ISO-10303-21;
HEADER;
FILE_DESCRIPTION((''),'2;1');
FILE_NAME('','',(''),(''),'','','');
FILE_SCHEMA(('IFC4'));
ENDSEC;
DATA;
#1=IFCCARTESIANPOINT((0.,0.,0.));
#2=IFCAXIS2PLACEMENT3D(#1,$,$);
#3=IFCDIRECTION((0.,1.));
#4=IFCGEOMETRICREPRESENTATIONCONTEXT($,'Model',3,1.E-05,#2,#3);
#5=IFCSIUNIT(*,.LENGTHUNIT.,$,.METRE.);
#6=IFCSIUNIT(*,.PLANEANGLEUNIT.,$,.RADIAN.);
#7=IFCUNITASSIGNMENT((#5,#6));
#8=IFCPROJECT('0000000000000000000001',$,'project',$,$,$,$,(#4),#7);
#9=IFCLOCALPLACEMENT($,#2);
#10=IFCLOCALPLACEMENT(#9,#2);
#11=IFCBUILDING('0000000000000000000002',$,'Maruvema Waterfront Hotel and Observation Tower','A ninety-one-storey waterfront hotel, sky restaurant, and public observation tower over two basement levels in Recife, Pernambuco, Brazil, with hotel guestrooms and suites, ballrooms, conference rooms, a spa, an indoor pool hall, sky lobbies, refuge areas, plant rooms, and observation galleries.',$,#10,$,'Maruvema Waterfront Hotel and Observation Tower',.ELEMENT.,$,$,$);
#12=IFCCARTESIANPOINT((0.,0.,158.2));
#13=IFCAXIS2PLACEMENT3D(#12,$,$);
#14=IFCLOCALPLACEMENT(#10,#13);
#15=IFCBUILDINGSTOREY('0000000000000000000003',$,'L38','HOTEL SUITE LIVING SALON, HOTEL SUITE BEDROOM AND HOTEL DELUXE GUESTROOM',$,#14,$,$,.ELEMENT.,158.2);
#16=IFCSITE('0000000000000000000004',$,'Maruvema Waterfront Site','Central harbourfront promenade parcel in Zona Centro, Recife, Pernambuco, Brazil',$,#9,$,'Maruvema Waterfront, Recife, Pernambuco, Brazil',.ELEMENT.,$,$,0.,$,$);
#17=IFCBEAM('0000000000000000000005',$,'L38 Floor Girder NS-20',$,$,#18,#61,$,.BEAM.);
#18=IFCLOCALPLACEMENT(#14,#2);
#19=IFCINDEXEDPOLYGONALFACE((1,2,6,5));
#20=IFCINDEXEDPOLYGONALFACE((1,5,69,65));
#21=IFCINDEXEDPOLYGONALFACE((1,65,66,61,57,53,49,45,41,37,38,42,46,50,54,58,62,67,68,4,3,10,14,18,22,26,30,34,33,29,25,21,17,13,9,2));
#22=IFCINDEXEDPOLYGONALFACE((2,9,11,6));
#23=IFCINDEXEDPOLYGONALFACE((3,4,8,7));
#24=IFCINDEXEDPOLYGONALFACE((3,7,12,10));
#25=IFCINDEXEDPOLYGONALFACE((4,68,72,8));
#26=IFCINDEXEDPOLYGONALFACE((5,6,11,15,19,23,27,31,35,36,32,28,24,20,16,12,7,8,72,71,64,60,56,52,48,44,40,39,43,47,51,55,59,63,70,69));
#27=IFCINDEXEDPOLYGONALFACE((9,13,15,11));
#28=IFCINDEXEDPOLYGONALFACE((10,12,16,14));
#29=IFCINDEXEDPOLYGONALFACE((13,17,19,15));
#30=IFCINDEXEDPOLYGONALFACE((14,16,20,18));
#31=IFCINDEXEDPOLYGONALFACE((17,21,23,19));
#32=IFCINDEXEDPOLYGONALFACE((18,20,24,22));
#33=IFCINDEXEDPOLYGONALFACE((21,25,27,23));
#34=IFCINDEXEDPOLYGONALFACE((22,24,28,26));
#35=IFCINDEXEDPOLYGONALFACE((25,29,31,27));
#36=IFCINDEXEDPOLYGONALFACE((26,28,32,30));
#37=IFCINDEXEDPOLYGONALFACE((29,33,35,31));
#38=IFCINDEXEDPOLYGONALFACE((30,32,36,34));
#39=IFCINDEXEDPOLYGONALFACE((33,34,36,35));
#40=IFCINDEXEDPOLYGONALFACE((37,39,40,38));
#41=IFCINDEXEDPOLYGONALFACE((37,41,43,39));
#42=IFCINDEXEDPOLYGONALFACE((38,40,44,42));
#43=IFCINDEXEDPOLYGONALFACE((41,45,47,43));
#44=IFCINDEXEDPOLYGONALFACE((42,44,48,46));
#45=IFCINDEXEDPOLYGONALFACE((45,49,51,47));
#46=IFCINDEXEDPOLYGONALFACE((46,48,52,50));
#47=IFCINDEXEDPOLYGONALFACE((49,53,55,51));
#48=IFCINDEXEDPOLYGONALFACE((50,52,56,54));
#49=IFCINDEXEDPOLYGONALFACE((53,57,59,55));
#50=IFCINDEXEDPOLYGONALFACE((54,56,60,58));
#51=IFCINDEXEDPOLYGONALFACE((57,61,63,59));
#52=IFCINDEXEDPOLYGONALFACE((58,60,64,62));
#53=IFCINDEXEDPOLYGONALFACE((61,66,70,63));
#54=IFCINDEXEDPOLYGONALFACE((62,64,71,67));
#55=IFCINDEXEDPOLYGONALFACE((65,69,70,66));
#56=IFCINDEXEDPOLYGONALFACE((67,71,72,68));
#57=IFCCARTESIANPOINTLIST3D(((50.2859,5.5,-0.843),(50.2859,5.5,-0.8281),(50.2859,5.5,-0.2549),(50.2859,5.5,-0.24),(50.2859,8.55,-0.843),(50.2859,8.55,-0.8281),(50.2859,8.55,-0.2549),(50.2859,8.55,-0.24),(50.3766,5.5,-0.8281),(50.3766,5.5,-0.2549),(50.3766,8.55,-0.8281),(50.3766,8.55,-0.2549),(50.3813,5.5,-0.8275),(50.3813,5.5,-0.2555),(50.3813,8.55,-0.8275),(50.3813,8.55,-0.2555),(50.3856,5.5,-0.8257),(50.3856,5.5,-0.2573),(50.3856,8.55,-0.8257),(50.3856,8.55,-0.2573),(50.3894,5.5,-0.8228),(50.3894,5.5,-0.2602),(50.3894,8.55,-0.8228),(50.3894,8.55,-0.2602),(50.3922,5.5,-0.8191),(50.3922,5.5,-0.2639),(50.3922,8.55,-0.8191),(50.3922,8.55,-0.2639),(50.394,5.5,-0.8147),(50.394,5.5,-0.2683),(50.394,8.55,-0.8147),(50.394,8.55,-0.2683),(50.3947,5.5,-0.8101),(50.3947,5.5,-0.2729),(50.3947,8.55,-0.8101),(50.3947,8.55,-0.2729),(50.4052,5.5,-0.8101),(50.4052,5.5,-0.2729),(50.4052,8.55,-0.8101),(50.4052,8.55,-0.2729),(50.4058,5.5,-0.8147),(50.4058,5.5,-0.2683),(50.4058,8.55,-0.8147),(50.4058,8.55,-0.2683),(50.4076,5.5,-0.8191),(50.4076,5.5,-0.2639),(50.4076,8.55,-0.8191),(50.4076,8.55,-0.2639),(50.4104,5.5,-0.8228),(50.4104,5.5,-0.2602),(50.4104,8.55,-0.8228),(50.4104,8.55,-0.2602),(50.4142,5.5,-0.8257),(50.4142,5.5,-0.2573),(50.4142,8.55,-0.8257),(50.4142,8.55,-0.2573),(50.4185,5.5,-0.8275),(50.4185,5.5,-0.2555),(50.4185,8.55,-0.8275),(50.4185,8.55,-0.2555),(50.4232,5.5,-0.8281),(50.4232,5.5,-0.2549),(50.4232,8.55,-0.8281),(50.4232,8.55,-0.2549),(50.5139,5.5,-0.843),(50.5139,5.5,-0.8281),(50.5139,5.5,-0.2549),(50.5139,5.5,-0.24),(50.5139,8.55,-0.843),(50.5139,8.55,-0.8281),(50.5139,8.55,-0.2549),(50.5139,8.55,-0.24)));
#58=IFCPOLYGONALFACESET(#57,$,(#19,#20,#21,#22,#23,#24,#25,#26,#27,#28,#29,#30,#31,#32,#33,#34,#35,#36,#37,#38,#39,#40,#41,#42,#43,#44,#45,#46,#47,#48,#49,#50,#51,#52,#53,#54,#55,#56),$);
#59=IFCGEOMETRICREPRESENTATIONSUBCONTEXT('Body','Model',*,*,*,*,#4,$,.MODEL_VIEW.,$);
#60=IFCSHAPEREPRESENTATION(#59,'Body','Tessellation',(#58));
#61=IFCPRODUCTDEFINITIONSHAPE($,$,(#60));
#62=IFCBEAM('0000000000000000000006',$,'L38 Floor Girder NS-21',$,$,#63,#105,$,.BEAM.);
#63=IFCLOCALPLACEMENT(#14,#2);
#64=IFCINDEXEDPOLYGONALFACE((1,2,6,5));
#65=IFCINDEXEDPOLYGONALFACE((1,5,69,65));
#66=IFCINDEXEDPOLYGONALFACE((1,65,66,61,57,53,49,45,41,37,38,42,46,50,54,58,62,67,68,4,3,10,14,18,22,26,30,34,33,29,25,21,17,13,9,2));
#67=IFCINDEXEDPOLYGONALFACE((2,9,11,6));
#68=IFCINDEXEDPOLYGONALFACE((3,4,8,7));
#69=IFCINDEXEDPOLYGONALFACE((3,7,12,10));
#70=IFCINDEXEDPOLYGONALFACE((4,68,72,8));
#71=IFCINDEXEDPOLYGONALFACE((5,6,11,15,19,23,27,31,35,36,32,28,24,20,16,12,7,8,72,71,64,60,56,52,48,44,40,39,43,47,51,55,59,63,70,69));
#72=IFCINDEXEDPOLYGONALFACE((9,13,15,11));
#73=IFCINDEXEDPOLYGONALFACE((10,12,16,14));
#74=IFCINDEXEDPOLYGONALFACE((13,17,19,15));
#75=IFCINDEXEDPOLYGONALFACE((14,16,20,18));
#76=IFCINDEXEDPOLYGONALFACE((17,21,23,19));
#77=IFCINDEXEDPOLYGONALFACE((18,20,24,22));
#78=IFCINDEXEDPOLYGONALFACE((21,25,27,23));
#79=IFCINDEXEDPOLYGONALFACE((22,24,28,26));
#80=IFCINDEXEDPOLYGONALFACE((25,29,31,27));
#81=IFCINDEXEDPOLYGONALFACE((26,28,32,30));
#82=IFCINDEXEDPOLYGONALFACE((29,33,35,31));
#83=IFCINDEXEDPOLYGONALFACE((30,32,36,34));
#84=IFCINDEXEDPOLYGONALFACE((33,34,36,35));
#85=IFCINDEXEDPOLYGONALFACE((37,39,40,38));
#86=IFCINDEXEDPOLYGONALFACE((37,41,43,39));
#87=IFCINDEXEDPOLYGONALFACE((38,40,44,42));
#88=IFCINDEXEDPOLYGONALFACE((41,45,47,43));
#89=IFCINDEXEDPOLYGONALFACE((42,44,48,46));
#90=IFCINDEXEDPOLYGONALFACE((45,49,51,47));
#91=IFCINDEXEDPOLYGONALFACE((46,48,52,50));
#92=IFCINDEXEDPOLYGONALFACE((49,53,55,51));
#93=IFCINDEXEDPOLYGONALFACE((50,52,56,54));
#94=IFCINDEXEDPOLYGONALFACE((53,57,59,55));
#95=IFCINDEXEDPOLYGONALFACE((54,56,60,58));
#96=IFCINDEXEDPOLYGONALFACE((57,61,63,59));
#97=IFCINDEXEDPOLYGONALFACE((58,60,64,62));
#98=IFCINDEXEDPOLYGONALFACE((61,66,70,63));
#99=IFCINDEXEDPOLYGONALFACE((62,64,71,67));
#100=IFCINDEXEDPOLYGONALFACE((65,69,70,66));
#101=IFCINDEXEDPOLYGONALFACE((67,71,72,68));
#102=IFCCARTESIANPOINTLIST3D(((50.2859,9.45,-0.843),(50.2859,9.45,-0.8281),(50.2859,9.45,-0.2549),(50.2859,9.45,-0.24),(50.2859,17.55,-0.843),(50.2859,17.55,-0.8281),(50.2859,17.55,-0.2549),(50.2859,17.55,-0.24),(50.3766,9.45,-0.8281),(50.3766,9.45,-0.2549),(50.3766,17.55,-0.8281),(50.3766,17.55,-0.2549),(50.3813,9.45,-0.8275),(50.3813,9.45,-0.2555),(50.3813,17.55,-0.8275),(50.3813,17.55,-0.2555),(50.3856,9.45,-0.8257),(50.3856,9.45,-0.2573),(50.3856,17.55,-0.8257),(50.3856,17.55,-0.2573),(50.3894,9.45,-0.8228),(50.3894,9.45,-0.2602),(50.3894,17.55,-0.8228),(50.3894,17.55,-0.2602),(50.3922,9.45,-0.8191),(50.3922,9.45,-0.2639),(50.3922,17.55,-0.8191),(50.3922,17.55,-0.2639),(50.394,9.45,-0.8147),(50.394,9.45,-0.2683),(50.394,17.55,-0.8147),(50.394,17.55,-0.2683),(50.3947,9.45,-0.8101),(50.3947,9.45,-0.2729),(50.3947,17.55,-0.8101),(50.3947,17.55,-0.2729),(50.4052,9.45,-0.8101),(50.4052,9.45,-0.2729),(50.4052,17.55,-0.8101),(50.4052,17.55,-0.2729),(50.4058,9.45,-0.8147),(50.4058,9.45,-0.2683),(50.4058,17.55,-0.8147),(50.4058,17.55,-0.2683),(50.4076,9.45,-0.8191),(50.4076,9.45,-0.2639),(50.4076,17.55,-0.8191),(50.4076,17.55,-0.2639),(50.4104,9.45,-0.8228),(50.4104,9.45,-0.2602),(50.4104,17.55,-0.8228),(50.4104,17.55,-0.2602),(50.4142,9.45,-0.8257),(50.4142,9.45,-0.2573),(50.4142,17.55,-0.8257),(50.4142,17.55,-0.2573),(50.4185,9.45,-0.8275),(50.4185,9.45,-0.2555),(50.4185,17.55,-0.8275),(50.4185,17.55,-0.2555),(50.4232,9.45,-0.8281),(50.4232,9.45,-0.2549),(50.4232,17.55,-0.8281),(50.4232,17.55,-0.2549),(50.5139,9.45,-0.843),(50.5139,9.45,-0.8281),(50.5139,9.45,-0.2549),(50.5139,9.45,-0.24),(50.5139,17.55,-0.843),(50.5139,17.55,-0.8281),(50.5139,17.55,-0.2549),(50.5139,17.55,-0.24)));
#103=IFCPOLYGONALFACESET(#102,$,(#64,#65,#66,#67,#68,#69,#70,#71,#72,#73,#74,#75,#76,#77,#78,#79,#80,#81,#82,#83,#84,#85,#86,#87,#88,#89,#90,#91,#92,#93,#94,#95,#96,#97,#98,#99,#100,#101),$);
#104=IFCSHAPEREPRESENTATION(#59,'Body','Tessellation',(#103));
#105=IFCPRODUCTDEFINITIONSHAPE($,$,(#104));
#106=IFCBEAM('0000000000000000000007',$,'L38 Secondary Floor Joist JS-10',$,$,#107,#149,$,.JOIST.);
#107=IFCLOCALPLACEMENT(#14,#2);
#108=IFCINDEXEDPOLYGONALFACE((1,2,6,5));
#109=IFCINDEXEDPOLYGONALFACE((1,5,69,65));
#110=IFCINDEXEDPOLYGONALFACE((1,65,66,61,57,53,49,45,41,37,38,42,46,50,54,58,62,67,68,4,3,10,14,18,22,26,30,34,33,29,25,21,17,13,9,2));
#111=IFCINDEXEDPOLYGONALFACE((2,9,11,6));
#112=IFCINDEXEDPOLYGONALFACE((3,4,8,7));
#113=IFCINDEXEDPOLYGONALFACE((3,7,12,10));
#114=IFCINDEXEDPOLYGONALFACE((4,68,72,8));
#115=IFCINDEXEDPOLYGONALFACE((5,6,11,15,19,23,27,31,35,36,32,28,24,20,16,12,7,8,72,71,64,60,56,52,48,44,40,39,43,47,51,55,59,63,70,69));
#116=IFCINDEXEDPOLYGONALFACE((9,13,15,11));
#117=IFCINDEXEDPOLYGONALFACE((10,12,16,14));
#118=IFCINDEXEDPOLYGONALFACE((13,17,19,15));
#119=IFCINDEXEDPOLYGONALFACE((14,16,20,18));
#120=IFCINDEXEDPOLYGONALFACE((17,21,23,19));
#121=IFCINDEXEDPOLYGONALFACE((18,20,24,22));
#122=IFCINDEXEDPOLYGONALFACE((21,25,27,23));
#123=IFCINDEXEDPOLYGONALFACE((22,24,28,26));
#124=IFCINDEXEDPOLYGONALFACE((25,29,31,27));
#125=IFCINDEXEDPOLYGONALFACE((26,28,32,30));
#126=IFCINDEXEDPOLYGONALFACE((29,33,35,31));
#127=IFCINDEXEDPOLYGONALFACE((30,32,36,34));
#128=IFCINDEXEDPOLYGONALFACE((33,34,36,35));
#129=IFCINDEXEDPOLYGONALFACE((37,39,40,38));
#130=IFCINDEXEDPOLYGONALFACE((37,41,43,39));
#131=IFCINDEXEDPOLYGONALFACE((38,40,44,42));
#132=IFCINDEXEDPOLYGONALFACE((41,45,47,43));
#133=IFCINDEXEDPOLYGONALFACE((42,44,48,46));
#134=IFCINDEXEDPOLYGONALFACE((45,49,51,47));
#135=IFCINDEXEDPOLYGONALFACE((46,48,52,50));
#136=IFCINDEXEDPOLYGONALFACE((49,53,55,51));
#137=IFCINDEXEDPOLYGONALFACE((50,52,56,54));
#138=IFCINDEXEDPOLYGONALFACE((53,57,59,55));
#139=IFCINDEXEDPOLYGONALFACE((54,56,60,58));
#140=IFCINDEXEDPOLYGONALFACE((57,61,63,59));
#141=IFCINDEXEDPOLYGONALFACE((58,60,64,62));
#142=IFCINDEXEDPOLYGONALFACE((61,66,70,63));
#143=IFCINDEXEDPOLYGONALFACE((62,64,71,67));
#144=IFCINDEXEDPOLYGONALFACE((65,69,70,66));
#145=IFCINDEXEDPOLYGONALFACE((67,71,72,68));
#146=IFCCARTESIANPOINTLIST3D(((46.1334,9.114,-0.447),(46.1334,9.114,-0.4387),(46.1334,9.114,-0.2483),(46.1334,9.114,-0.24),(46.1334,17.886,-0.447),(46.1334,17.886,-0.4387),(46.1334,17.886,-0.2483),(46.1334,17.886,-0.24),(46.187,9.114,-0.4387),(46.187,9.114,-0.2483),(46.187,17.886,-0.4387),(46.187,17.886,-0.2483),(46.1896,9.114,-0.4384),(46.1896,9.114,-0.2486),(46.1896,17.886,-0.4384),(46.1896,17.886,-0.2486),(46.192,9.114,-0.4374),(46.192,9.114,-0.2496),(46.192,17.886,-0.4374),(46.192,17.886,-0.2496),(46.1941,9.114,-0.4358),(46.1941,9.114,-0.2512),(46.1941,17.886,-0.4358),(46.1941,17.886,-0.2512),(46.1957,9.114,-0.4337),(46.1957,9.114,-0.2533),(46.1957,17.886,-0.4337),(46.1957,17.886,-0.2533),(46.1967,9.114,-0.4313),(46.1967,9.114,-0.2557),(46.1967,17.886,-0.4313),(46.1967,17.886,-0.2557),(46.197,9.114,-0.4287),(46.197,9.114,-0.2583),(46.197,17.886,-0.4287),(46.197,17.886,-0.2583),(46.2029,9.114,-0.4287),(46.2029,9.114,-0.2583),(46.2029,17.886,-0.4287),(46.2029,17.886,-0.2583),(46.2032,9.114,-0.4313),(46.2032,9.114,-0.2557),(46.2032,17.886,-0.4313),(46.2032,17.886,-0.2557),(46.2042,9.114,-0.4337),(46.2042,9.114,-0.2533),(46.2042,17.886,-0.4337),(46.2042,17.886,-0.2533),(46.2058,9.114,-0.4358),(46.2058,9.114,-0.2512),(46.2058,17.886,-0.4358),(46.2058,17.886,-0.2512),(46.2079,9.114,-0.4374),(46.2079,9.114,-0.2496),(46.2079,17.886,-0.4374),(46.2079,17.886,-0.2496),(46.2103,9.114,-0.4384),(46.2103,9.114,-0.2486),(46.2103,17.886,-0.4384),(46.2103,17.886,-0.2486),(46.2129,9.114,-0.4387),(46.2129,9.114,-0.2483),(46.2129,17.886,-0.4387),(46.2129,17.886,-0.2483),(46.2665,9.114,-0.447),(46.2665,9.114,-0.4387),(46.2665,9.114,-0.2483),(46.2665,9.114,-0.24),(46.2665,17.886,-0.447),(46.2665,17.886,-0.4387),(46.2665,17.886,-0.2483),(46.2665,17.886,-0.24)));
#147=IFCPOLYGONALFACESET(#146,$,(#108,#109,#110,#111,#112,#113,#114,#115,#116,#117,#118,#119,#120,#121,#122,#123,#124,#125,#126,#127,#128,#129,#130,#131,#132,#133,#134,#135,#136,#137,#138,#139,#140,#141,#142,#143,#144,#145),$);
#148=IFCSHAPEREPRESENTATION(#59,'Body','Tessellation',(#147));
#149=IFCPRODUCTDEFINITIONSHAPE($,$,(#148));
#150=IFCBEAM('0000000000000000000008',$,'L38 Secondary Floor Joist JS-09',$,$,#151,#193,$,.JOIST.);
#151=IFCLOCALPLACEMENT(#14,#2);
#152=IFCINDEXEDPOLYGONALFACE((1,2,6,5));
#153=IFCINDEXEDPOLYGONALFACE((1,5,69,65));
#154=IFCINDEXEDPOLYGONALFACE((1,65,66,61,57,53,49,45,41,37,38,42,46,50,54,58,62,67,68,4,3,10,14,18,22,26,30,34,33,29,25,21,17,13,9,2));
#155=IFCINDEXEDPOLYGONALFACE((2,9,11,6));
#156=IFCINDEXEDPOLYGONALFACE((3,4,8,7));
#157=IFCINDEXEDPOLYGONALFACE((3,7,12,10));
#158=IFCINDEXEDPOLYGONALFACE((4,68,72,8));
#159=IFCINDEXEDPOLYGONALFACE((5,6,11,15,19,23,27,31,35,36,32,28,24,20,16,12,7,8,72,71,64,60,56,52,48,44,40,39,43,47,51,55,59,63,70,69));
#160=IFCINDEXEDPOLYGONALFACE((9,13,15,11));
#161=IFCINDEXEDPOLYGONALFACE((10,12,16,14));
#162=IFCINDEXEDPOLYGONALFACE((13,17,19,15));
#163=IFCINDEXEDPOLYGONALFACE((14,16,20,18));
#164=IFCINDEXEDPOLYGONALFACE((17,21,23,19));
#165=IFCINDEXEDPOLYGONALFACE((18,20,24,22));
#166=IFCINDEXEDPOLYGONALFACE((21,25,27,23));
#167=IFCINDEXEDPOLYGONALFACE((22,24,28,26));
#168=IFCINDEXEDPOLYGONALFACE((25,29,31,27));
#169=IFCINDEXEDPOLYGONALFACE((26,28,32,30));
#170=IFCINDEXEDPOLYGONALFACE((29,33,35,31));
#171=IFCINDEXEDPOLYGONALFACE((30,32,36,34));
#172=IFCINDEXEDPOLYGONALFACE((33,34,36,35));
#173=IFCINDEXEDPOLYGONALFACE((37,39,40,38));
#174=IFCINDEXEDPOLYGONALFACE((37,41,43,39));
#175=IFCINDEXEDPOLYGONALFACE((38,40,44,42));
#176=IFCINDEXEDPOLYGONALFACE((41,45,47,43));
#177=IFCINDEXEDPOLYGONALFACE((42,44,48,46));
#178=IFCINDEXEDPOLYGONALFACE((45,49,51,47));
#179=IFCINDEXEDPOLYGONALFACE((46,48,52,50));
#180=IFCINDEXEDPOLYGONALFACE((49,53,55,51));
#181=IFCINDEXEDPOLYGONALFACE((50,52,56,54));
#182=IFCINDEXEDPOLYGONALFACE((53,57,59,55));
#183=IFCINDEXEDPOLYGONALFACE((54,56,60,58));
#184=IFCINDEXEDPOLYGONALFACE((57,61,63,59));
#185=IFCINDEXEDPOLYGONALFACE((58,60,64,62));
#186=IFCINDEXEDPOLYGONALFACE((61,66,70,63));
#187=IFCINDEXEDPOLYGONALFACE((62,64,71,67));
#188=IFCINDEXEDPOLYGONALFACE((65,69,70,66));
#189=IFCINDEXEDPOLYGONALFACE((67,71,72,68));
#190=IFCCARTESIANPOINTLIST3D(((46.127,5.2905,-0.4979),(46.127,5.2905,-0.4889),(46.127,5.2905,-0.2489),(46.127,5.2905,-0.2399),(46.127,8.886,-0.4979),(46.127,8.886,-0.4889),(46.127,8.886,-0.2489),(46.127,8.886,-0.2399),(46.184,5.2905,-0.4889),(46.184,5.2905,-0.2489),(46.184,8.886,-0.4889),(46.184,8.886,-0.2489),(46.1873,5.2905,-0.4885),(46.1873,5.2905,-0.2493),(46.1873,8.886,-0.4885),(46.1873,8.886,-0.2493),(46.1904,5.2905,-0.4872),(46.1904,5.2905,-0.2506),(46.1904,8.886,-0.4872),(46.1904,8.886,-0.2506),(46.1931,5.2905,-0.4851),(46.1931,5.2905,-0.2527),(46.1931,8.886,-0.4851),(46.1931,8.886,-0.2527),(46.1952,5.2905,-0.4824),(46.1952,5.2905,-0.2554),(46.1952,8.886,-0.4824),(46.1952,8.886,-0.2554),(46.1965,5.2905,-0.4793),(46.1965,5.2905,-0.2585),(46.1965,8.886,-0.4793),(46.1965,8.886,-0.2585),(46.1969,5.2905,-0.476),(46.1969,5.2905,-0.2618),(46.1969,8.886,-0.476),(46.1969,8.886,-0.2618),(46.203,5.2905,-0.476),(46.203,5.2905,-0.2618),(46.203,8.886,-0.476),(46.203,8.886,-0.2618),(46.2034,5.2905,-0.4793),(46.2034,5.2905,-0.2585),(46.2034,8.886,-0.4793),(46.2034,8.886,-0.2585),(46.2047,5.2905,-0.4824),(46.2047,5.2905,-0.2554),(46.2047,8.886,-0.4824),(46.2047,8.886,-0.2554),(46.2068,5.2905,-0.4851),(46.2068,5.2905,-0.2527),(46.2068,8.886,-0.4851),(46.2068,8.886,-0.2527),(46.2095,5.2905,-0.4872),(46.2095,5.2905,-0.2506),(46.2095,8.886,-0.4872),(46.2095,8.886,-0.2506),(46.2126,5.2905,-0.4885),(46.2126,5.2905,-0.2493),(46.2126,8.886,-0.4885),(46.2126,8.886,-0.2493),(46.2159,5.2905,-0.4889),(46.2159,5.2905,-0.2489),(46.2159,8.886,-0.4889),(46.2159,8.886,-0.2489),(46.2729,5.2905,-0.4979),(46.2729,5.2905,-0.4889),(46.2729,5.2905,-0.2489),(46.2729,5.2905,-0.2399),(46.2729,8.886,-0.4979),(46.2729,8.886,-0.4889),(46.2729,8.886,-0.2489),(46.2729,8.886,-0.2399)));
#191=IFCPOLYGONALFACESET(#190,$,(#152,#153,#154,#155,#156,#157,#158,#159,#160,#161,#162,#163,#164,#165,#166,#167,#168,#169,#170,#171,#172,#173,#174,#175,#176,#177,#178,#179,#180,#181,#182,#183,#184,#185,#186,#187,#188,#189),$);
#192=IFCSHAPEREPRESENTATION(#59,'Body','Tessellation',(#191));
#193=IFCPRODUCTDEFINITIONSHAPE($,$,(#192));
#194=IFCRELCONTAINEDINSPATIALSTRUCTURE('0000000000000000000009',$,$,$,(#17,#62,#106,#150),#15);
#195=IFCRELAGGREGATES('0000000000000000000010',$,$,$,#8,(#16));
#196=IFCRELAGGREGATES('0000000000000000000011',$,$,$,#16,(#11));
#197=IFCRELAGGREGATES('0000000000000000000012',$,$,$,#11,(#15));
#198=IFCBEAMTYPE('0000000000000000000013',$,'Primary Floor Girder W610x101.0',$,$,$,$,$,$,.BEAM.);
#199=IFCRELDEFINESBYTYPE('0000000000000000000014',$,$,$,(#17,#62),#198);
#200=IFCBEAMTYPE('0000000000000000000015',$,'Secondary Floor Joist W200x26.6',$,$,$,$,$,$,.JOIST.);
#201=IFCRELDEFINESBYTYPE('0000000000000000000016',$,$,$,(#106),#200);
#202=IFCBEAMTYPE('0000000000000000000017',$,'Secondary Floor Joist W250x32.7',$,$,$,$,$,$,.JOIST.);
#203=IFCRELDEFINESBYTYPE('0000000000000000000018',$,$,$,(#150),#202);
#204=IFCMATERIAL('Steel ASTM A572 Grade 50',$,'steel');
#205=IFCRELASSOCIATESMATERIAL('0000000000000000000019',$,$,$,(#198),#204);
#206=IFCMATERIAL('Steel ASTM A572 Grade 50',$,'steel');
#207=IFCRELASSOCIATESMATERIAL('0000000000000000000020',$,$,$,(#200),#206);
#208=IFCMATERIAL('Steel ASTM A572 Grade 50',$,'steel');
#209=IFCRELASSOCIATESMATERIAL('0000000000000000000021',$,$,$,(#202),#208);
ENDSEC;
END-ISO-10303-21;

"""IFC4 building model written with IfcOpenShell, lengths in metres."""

from ifc_helpers import new_model, si_unit, direction, frame, origin, origin_2d, place, context, subcontext, project, spatial, i_section, extrude, material, material_profile, profile_set, type_object, element, save


model = new_model("IFC4")

# Units and contexts
model_context = context("Model", 3, precision=1e-05, world=origin(), true_north=direction((0.0, 1.0)))
body_context = subcontext(model_context, "Body", "Model", "MODEL_VIEW")
ifc_project = project(units=[si_unit("LENGTHUNIT", "METRE"), si_unit("PLANEANGLEUNIT", "RADIAN")], contexts=[model_context])

# Site, building, storey
site_placement = place(None, origin())
site = spatial("IfcSite", under=ifc_project, at=site_placement, Name="Maruvema Waterfront Site", Description="Central harbourfront promenade parcel in Zona Centro, Recife, Pernambuco, Brazil", LongName="Maruvema Waterfront, Recife, Pernambuco, Brazil", CompositionType="ELEMENT", RefElevation=0.0)
building_placement = place(site_placement, origin())
building = spatial("IfcBuilding", under=site, at=building_placement, Name="Maruvema Waterfront Hotel and Observation Tower", Description="A ninety-one-storey waterfront hotel, sky restaurant, and public observation tower over two basement levels in Recife, Pernambuco, Brazil, with hotel guestrooms and suites, ballrooms, conference rooms, a spa, an indoor pool hall, sky lobbies, refuge areas, plant rooms, and observation galleries.", LongName="Maruvema Waterfront Hotel and Observation Tower", CompositionType="ELEMENT")
storey_placement = place(building_placement, frame((0.0, 0.0, 158.2)))
storey = spatial("IfcBuildingStorey", under=building, at=storey_placement, Name="L38", Description="HOTEL SUITE LIVING SALON, HOTEL SUITE BEDROOM AND HOTEL DELUXE GUESTROOM", CompositionType="ELEMENT", Elevation=158.2)

# Beams
ifc_material_1 = material(Name="Steel ASTM A572 Grade 50", Category="steel")
ifc_material_profile_1 = material_profile(ifc_material_1, i_section(OverallWidth=0.228, OverallDepth=0.603, WebThickness=0.0105, FlangeThickness=0.0149, FilletRadius=0.0181, at=origin_2d()), Name="W610x101.0")
ifc_profile_set_1 = profile_set([ifc_material_profile_1], Name="Steel ASTM A572 Grade 50")
beam_type_1 = type_object("IfcBeamType", Name="Primary Floor Girder W610x101.0", PredefinedType="BEAM", material=ifc_profile_set_1)
beam_1_placement = place(storey_placement, frame((50.3999, 5.5, -0.5415), z_axis=(0.0, 1.0, 0.0), x_axis=(-1.0, 0.0, 0.0)))
element("IfcBeam", 1, at=beam_1_placement, inside=storey, type_object=beam_type_1, Name="L38 Floor Girder NS-20", PredefinedType="BEAM", context=body_context, shape_type="SweptSolid", body=[
    extrude(i_section(OverallWidth=0.228, OverallDepth=0.603, WebThickness=0.0105, FlangeThickness=0.0149, FilletRadius=0.0181, at=origin_2d()), origin(), (0.0, 0.0, 1.0), 3.05),
])
beam_2_placement = place(storey_placement, frame((50.3999, 9.45, -0.5415), z_axis=(0.0, 1.0, 0.0), x_axis=(-1.0, 0.0, 0.0)))
element("IfcBeam", 2, at=beam_2_placement, inside=storey, type_object=beam_type_1, Name="L38 Floor Girder NS-21", PredefinedType="BEAM", context=body_context, shape_type="SweptSolid", body=[
    extrude(i_section(OverallWidth=0.228, OverallDepth=0.603, WebThickness=0.0105, FlangeThickness=0.0149, FilletRadius=0.0181, at=origin_2d()), origin(), (0.0, 0.0, 1.0), 8.1001),
])
ifc_material_2 = material(Name="Steel ASTM A572 Grade 50", Category="steel")
ifc_material_profile_2 = material_profile(ifc_material_2, i_section(OverallWidth=0.1331, OverallDepth=0.207, WebThickness=0.0059, FlangeThickness=0.0083, FilletRadius=0.01, at=origin_2d()), Name="W200x26.6")
ifc_profile_set_2 = profile_set([ifc_material_profile_2], Name="Steel ASTM A572 Grade 50")
beam_type_2 = type_object("IfcBeamType", Name="Secondary Floor Joist W200x26.6", PredefinedType="JOIST", material=ifc_profile_set_2)
beam_3_placement = place(storey_placement, frame((46.2, 9.114, -0.3435), z_axis=(0.0, 1.0, 0.0), x_axis=(-1.0, 0.0, 0.0)))
element("IfcBeam", 3, at=beam_3_placement, inside=storey, type_object=beam_type_2, Name="L38 Secondary Floor Joist JS-10", PredefinedType="JOIST", context=body_context, shape_type="SweptSolid", body=[
    extrude(i_section(OverallWidth=0.1331, OverallDepth=0.207, WebThickness=0.0059, FlangeThickness=0.0083, FilletRadius=0.01, at=origin_2d()), origin(), (0.0, 0.0, 1.0), 8.772),
])
ifc_material_3 = material(Name="Steel ASTM A572 Grade 50", Category="steel")
ifc_material_profile_3 = material_profile(ifc_material_3, i_section(OverallWidth=0.146, OverallDepth=0.2581, WebThickness=0.0061, FlangeThickness=0.009, FilletRadius=0.0129, at=origin_2d()), Name="W250x32.7")
ifc_profile_set_3 = profile_set([ifc_material_profile_3], Name="Steel ASTM A572 Grade 50")
beam_type_3 = type_object("IfcBeamType", Name="Secondary Floor Joist W250x32.7", PredefinedType="JOIST", material=ifc_profile_set_3)
beam_4_placement = place(storey_placement, frame((46.2, 5.2905, -0.3689), z_axis=(0.0, 1.0, 0.0), x_axis=(-1.0, 0.0, 0.0)))
element("IfcBeam", 4, at=beam_4_placement, inside=storey, type_object=beam_type_3, Name="L38 Secondary Floor Joist JS-09", PredefinedType="JOIST", context=body_context, shape_type="SweptSolid", body=[
    extrude(i_section(OverallWidth=0.146, OverallDepth=0.2581, WebThickness=0.0061, FlangeThickness=0.009, FilletRadius=0.0129, at=origin_2d()), origin(), (0.0, 0.0, 1.0), 3.5955),
])

save(model, "model.ifc")
